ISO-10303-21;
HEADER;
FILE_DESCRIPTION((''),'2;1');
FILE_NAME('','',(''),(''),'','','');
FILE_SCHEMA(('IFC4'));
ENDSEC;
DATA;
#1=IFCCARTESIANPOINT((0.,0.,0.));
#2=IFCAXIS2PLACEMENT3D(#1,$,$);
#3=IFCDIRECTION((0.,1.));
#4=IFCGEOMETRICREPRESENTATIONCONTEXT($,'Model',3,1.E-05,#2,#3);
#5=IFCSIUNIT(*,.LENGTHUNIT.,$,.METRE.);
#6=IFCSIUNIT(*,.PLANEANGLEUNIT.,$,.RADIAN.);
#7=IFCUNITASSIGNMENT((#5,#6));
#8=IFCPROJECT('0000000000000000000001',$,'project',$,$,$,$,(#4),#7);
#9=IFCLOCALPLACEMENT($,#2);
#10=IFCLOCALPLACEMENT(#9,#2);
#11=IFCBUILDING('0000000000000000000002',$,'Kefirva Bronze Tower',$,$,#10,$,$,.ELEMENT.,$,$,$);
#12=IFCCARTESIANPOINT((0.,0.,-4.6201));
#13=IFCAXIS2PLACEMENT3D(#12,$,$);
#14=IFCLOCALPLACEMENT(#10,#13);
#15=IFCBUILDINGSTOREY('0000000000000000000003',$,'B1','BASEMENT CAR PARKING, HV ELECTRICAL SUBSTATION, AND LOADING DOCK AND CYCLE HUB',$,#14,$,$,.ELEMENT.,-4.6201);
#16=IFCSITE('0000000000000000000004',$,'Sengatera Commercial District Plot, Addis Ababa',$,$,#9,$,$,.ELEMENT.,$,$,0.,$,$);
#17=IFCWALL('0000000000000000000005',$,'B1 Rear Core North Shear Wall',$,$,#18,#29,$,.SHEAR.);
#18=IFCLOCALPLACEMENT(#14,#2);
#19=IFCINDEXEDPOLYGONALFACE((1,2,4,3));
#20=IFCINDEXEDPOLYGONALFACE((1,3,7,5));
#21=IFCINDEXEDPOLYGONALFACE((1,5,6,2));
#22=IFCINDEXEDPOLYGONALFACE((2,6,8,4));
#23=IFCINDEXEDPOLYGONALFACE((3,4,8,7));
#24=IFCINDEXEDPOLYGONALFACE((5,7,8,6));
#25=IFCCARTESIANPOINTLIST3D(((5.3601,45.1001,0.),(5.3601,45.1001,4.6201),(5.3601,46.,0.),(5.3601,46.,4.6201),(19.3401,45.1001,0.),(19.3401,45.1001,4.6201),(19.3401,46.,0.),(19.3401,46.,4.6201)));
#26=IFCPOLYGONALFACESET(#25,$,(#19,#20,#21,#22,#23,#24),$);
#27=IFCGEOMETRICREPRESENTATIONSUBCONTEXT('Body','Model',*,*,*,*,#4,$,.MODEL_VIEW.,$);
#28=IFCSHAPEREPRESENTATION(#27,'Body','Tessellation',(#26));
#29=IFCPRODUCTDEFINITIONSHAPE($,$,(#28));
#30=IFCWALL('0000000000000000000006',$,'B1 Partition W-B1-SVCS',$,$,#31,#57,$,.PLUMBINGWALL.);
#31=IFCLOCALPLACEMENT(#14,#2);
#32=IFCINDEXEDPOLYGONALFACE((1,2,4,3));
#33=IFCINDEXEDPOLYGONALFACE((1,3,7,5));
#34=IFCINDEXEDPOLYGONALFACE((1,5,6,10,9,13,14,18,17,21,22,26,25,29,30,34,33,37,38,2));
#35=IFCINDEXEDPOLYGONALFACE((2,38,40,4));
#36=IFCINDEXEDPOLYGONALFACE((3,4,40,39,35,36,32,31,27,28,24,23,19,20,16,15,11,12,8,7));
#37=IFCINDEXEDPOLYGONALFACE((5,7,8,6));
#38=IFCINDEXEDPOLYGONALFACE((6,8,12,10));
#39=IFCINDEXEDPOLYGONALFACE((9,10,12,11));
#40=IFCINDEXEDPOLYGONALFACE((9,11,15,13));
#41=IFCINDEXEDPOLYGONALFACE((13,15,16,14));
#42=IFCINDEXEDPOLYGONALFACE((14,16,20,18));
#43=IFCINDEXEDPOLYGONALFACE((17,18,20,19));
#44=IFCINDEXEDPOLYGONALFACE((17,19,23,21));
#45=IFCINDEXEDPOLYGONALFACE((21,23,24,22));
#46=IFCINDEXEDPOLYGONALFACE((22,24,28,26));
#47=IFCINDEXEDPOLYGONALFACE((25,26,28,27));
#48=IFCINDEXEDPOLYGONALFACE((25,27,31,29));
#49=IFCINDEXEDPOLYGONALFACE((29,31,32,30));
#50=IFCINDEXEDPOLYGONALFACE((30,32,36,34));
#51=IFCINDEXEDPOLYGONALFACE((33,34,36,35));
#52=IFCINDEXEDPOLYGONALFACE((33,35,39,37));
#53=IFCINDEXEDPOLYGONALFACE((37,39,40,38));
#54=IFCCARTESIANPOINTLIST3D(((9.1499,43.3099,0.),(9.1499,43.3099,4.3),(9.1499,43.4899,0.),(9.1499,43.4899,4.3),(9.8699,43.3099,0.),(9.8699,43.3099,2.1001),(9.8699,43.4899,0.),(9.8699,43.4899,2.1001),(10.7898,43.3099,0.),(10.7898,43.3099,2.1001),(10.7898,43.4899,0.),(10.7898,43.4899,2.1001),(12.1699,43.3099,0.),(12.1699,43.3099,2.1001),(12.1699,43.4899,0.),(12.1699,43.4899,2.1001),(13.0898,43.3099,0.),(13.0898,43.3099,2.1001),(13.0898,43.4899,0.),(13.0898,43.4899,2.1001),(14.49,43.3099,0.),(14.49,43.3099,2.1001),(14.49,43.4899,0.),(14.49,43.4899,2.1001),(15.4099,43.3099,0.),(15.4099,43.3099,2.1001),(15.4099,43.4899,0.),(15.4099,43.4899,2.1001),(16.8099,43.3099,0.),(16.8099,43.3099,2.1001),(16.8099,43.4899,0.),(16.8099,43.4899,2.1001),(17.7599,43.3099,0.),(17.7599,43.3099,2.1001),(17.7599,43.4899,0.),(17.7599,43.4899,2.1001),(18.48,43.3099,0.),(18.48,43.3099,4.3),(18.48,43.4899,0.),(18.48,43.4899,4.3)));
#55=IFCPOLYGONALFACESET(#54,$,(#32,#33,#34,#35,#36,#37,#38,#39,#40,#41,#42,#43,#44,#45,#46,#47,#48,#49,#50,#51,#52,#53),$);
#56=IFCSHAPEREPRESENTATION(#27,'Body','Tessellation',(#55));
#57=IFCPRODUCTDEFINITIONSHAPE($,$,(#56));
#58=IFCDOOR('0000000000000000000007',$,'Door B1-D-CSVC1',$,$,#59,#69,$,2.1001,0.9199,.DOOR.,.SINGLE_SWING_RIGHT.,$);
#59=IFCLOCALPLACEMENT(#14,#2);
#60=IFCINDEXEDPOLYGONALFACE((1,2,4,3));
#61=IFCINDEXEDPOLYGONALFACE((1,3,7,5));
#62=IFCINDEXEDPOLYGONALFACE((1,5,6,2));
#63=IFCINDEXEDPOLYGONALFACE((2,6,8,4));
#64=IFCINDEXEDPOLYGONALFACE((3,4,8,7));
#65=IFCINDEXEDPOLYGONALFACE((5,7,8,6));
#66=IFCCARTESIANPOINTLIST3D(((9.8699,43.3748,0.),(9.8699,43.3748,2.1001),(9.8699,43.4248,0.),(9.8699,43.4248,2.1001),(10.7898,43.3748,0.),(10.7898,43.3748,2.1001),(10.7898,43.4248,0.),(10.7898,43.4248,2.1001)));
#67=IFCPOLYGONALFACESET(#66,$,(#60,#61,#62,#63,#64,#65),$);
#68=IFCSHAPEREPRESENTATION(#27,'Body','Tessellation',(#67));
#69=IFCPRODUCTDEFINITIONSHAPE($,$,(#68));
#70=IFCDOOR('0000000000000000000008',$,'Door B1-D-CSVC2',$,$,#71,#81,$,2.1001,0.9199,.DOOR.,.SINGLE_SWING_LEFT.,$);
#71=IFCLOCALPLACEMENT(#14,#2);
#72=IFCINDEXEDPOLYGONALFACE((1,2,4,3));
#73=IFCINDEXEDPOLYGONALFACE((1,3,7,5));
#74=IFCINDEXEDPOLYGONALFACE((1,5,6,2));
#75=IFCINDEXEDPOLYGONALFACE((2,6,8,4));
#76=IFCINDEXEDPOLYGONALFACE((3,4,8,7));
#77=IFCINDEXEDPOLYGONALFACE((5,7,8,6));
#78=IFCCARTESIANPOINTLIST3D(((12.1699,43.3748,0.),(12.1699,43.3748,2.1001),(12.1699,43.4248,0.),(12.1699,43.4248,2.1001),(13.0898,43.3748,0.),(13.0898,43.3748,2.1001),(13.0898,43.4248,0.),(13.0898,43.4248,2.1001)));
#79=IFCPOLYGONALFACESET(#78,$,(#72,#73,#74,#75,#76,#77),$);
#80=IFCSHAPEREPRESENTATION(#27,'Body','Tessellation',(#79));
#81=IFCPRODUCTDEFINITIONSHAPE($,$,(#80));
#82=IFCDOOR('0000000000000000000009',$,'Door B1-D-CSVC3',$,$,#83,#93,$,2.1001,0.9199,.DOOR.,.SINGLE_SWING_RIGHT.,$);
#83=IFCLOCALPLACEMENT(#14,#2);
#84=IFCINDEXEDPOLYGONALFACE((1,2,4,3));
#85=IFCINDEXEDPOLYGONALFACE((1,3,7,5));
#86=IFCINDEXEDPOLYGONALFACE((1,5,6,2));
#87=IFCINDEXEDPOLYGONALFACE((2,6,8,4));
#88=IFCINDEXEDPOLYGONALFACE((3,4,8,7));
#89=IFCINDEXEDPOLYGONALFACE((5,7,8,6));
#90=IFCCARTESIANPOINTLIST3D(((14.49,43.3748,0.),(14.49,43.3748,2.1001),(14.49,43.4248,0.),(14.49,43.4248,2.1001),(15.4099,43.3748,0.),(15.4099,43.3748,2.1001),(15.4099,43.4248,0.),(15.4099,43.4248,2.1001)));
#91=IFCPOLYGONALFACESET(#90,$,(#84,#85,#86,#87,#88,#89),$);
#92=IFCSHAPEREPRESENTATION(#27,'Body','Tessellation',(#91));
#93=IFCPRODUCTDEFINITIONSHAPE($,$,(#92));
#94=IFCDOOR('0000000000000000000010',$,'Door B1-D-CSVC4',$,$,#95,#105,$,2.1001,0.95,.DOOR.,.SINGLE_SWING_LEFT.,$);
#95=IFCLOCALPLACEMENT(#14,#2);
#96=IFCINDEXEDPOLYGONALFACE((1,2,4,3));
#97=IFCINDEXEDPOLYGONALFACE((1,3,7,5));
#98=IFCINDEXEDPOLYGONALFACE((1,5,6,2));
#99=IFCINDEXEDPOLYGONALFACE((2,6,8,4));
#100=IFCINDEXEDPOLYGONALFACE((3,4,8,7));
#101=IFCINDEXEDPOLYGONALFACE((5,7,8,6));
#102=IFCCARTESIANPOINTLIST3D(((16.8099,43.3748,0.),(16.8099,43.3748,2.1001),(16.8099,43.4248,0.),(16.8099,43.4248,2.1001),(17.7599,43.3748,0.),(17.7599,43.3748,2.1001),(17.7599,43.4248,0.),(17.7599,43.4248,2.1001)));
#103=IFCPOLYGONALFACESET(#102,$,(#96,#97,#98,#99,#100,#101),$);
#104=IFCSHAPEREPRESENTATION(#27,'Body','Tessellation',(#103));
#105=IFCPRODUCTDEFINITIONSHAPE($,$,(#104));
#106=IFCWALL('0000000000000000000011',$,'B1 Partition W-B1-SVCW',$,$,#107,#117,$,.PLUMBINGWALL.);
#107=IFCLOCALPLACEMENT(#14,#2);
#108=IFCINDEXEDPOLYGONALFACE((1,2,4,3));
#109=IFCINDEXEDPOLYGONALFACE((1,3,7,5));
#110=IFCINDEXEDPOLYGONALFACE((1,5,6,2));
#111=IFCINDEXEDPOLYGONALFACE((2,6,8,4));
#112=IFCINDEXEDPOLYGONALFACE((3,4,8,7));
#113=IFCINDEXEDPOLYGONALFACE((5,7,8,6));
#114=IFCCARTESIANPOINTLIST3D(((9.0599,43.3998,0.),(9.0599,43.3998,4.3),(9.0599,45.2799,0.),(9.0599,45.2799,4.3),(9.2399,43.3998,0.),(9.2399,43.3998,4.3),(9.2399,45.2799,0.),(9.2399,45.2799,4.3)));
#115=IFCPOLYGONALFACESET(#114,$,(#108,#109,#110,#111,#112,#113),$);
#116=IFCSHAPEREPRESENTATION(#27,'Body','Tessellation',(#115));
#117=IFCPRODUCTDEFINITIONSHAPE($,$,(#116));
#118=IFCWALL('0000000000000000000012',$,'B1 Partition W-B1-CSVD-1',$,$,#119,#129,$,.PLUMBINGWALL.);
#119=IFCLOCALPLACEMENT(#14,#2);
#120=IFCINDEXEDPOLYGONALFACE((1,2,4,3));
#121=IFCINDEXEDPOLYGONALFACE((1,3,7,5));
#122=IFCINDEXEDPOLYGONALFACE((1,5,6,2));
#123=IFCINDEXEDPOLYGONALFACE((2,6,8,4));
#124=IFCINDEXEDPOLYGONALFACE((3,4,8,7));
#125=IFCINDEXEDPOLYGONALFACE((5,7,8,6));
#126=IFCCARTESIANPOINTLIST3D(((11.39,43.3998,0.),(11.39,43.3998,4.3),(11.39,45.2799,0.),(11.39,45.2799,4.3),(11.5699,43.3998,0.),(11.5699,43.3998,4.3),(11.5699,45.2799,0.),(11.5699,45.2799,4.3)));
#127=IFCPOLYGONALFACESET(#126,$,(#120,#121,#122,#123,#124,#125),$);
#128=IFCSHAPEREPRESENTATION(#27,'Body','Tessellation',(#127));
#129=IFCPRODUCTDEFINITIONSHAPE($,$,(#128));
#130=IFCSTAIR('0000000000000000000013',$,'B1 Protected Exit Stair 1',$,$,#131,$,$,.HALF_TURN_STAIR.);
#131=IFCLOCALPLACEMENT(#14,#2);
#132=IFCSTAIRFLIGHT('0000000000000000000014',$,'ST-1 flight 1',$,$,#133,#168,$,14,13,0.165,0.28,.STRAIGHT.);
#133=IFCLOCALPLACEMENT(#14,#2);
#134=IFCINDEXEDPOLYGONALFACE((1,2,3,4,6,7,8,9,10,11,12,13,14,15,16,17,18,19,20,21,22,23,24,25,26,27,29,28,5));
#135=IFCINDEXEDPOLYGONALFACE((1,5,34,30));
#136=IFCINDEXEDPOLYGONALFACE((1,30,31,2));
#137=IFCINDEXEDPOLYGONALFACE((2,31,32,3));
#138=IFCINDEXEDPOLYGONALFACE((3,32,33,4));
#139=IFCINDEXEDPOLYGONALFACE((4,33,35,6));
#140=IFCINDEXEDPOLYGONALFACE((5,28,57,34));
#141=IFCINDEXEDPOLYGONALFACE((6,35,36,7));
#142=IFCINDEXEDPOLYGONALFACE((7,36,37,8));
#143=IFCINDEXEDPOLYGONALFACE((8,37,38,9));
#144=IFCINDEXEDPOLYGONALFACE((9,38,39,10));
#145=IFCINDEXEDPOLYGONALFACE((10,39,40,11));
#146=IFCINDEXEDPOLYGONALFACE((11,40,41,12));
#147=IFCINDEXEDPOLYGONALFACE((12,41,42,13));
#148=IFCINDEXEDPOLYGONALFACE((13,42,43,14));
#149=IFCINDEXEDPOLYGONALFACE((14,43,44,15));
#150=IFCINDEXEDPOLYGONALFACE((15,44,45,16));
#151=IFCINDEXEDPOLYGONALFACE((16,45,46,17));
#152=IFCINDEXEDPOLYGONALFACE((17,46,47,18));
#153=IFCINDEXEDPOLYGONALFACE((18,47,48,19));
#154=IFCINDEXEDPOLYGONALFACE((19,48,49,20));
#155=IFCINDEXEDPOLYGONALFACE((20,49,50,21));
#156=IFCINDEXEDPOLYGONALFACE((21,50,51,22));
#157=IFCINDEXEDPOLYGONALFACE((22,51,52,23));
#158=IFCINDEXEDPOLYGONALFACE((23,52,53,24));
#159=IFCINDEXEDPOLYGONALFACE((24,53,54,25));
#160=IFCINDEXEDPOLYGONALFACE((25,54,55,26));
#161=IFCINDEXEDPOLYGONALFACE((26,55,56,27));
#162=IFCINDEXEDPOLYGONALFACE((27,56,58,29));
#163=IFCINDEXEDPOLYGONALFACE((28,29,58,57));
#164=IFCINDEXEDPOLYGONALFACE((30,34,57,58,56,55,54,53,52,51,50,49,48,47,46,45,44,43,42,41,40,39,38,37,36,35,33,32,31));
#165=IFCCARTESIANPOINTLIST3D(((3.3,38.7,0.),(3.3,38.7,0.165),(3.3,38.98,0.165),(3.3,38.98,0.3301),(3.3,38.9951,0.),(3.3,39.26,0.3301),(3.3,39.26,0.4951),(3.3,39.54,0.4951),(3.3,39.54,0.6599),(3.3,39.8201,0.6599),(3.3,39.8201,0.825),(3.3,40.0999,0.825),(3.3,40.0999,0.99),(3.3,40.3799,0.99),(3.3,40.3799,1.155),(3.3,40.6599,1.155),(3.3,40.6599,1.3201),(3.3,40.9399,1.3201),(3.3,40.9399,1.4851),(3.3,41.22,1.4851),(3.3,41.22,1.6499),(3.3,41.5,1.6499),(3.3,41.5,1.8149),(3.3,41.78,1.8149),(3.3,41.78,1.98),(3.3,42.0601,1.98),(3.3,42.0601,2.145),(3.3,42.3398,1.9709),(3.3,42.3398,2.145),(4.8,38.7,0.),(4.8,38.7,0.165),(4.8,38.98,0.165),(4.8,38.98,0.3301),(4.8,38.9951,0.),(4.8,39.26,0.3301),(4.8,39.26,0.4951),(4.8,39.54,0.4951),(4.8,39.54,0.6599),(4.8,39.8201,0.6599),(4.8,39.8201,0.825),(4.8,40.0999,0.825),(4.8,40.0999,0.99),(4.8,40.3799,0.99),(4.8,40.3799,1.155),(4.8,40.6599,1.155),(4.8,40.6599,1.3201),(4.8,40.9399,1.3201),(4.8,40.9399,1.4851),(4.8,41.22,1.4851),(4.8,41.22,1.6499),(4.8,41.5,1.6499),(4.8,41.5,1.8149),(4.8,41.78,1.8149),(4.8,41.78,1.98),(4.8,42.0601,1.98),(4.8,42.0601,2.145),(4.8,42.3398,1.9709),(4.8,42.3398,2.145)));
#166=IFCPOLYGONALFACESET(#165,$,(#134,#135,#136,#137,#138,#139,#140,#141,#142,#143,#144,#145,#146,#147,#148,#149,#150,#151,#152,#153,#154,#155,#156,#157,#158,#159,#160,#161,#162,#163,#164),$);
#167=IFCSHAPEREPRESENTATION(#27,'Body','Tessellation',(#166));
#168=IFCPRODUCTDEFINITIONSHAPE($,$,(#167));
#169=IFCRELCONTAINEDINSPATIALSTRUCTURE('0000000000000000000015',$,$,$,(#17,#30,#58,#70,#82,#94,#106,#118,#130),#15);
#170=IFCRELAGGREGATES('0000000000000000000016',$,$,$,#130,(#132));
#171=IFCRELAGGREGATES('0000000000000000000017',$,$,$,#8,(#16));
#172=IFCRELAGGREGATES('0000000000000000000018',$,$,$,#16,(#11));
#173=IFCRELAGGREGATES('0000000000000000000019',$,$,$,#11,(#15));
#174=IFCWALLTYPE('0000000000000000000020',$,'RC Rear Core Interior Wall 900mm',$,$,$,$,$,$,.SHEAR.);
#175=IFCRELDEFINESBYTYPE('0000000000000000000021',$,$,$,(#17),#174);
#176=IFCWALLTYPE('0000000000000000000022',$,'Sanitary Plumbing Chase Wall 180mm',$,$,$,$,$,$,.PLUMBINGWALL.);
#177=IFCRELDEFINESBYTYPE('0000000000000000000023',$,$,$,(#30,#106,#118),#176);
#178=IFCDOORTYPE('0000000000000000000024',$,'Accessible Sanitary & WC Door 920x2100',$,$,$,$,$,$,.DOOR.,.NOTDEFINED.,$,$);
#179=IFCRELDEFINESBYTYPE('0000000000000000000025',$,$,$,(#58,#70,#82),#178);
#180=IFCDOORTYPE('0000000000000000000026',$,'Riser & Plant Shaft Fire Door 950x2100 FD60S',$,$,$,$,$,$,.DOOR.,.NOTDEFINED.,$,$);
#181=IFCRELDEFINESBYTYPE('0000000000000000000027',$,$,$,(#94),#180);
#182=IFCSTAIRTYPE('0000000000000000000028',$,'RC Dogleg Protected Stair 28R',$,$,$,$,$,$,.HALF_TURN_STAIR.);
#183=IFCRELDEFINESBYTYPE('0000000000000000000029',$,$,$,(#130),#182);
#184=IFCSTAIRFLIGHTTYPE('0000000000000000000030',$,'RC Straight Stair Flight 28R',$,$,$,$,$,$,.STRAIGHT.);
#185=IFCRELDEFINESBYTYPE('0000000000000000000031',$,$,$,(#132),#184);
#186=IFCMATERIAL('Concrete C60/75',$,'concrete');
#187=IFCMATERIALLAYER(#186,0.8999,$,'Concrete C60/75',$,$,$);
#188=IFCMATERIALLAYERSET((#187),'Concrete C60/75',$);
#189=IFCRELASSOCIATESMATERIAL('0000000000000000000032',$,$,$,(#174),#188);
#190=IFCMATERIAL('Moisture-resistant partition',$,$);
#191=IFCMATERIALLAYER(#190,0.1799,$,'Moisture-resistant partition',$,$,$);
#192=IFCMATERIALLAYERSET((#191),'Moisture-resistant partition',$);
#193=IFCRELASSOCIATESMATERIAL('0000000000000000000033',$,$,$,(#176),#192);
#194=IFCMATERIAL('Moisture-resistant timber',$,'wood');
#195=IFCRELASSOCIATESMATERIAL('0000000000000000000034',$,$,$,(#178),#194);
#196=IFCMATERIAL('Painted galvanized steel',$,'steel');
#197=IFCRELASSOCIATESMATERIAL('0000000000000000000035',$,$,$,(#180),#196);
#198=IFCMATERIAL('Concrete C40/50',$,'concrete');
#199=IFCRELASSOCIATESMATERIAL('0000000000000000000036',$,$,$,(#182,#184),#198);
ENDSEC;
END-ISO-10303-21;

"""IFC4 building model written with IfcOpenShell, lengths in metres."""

from ifc_helpers import new_model, si_unit, direction, frame, frame_2d, origin, place, context, subcontext, project, spatial, polyline, rectangle, outline, extrude, material, layer, layer_set, type_object, element, fill, aggregate, save


model = new_model("IFC4")

# Units and contexts
model_context = context("Model", 3, precision=1e-05, world=origin(), true_north=direction((0.0, 1.0)))
body_context = subcontext(model_context, "Body", "Model", "MODEL_VIEW")
ifc_project = project(units=[si_unit("LENGTHUNIT", "METRE"), si_unit("PLANEANGLEUNIT", "RADIAN")], contexts=[model_context])

# Site, building, storey
site_placement = place(None, origin())
site = spatial("IfcSite", under=ifc_project, at=site_placement, Name="Sengatera Commercial District Plot, Addis Ababa", CompositionType="ELEMENT", RefElevation=0.0)
building_placement = place(site_placement, origin())
building = spatial("IfcBuilding", under=site, at=building_placement, Name="Kefirva Bronze Tower", CompositionType="ELEMENT")
storey_placement = place(building_placement, frame((0.0, 0.0, -4.6201)))
storey = spatial("IfcBuildingStorey", under=building, at=storey_placement, Name="B1", Description="BASEMENT CAR PARKING, HV ELECTRICAL SUBSTATION, AND LOADING DOCK AND CYCLE HUB", CompositionType="ELEMENT", Elevation=-4.6201)

# Wall
ifc_material_1 = material(Name="Concrete C60/75", Category="concrete")
ifc_layer_1 = layer(ifc_material_1, 0.8999, Name="Concrete C60/75")
ifc_layer_set_1 = layer_set([ifc_layer_1], Name="Concrete C60/75")
wall_type_1 = type_object("IfcWallType", Name="RC Rear Core Interior Wall 900mm", PredefinedType="SHEAR", material=ifc_layer_set_1)
wall_1_placement = place(storey_placement, frame((5.3601, 45.55, 0.0), z_axis=(0.0, 0.0, 1.0), x_axis=(1.0, 0.0, 0.0)))
element("IfcWall", 1, at=wall_1_placement, inside=storey, type_object=wall_type_1, Name="B1 Rear Core North Shear Wall", PredefinedType="SHEAR", context=body_context, shape_type="SweptSolid", body=[
    extrude(rectangle(XDim=13.98, YDim=0.8999, at=frame_2d((6.99, 0.0))), origin(), (0.0, 0.0, 1.0), 4.6201),
])

# Wall, openings, doors
ifc_material_2 = material(Name="Moisture-resistant partition")
ifc_layer_2 = layer(ifc_material_2, 0.1799, Name="Moisture-resistant partition")
ifc_layer_set_2 = layer_set([ifc_layer_2], Name="Moisture-resistant partition")
wall_type_2 = type_object("IfcWallType", Name="Sanitary Plumbing Chase Wall 180mm", PredefinedType="PLUMBINGWALL", material=ifc_layer_set_2)
wall_2_placement = place(storey_placement, frame((9.1499, 43.3999, 0.0), z_axis=(0.0, 0.0, 1.0), x_axis=(1.0, 0.0, 0.0)))
wall_2 = element("IfcWall", 2, at=wall_2_placement, inside=storey, type_object=wall_type_2, Name="B1 Partition W-B1-SVCS", PredefinedType="PLUMBINGWALL", context=body_context, shape_type="SweptSolid", body=[
    extrude(rectangle(XDim=9.3301, YDim=0.1799, at=frame_2d((4.665, 0.0))), origin(), (0.0, 0.0, 1.0), 4.3),
])
opening_1_placement = place(wall_2_placement, frame((0.72, 0.0, 0.0)))
opening_1 = element("IfcOpeningElement", 3, at=opening_1_placement, cuts=wall_2, PredefinedType="OPENING", context=body_context, shape_type="SweptSolid", body=[
    extrude(rectangle(XDim=0.9199, YDim=2.1001, at=frame_2d((0.46, 1.05))), frame((0.0, 0.1001, 0.0), z_axis=(0.0, -1.0, 0.0), x_axis=(1.0, 0.0, 0.0)), (0.0, 0.0, 1.0), 0.2),
])
opening_2_placement = place(wall_2_placement, frame((3.02, 0.0, 0.0)))
opening_2 = element("IfcOpeningElement", 4, at=opening_2_placement, cuts=wall_2, PredefinedType="OPENING", context=body_context, shape_type="SweptSolid", body=[
    extrude(rectangle(XDim=0.9199, YDim=2.1001, at=frame_2d((0.46, 1.05))), frame((0.0, 0.1001, 0.0), z_axis=(0.0, -1.0, 0.0), x_axis=(1.0, 0.0, 0.0)), (0.0, 0.0, 1.0), 0.2),
])
opening_3_placement = place(wall_2_placement, frame((5.3401, 0.0, 0.0)))
opening_3 = element("IfcOpeningElement", 5, at=opening_3_placement, cuts=wall_2, PredefinedType="OPENING", context=body_context, shape_type="SweptSolid", body=[
    extrude(rectangle(XDim=0.9199, YDim=2.1001, at=frame_2d((0.46, 1.05))), frame((0.0, 0.1001, 0.0), z_axis=(0.0, -1.0, 0.0), x_axis=(1.0, 0.0, 0.0)), (0.0, 0.0, 1.0), 0.2),
])
opening_4_placement = place(wall_2_placement, frame((7.6599, 0.0, 0.0)))
opening_4 = element("IfcOpeningElement", 6, at=opening_4_placement, cuts=wall_2, PredefinedType="OPENING", context=body_context, shape_type="SweptSolid", body=[
    extrude(rectangle(XDim=0.95, YDim=2.1001, at=frame_2d((0.4751, 1.05))), frame((0.0, 0.1001, 0.0), z_axis=(0.0, -1.0, 0.0), x_axis=(1.0, 0.0, 0.0)), (0.0, 0.0, 1.0), 0.2),
])
ifc_material_3 = material(Name="Moisture-resistant timber", Category="wood")
door_type_1 = type_object("IfcDoorType", Name="Accessible Sanitary & WC Door 920x2100", OperationType="NOTDEFINED", PredefinedType="DOOR", material=ifc_material_3)
door_1_placement = place(opening_1_placement, origin())
door_1 = element("IfcDoor", 7, at=door_1_placement, inside=storey, type_object=door_type_1, Name="Door B1-D-CSVC1", OperationType="SINGLE_SWING_RIGHT", OverallHeight=2.1001, OverallWidth=0.9199, PredefinedType="DOOR", context=body_context, shape_type="SweptSolid", body=[
    extrude(rectangle(XDim=0.9199, YDim=2.1001, at=frame_2d((0.46, 1.05))), frame((0.0, 0.0249, 0.0), z_axis=(0.0, -1.0, 0.0), x_axis=(1.0, 0.0, 0.0)), (0.0, 0.0, 1.0), 0.05),
])
fill(opening_1, door_1)
door_2_placement = place(opening_2_placement, origin())
door_2 = element("IfcDoor", 8, at=door_2_placement, inside=storey, type_object=door_type_1, Name="Door B1-D-CSVC2", OperationType="SINGLE_SWING_LEFT", OverallHeight=2.1001, OverallWidth=0.9199, PredefinedType="DOOR", context=body_context, shape_type="SweptSolid", body=[
    extrude(rectangle(XDim=0.9199, YDim=2.1001, at=frame_2d((0.46, 1.05))), frame((0.0, 0.0249, 0.0), z_axis=(0.0, -1.0, 0.0), x_axis=(1.0, 0.0, 0.0)), (0.0, 0.0, 1.0), 0.05),
])
fill(opening_2, door_2)
door_3_placement = place(opening_3_placement, origin())
door_3 = element("IfcDoor", 9, at=door_3_placement, inside=storey, type_object=door_type_1, Name="Door B1-D-CSVC3", OperationType="SINGLE_SWING_RIGHT", OverallHeight=2.1001, OverallWidth=0.9199, PredefinedType="DOOR", context=body_context, shape_type="SweptSolid", body=[
    extrude(rectangle(XDim=0.9199, YDim=2.1001, at=frame_2d((0.46, 1.05))), frame((0.0, 0.0249, 0.0), z_axis=(0.0, -1.0, 0.0), x_axis=(1.0, 0.0, 0.0)), (0.0, 0.0, 1.0), 0.05),
])
fill(opening_3, door_3)
ifc_material_4 = material(Name="Painted galvanized steel", Category="steel")
door_type_2 = type_object("IfcDoorType", Name="Riser & Plant Shaft Fire Door 950x2100 FD60S", OperationType="NOTDEFINED", PredefinedType="DOOR", material=ifc_material_4)
door_4_placement = place(opening_4_placement, origin())
door_4 = element("IfcDoor", 10, at=door_4_placement, inside=storey, type_object=door_type_2, Name="Door B1-D-CSVC4", OperationType="SINGLE_SWING_LEFT", OverallHeight=2.1001, OverallWidth=0.95, PredefinedType="DOOR", context=body_context, shape_type="SweptSolid", body=[
    extrude(rectangle(XDim=0.95, YDim=2.1001, at=frame_2d((0.4751, 1.05))), frame((0.0, 0.0249, 0.0), z_axis=(0.0, -1.0, 0.0), x_axis=(1.0, 0.0, 0.0)), (0.0, 0.0, 1.0), 0.05),
])
fill(opening_4, door_4)

# Walls
for number, where, z_axis, x_axis, name in (
    (11, (9.1499, 43.3999, 0.0), (0.0, 0.0, 1.0), (0.0, 1.0, 0.0), "B1 Partition W-B1-SVCW"),
    (12, (11.48, 43.3999, 0.0), (0.0, 0.0, 1.0), (0.0, 1.0, 0.0), "B1 Partition W-B1-CSVD-1"),
):
    element("IfcWall", number, at=place(storey_placement, frame(where, z_axis=z_axis, x_axis=x_axis)), inside=storey, type_object=wall_type_2, Name=name, PredefinedType="PLUMBINGWALL", context=body_context, shape_type="SweptSolid", body=[
        extrude(rectangle(XDim=1.8801, YDim=0.1799, at=frame_2d((0.9399, 0.0))), origin(), (0.0, 0.0, 1.0), 4.3),
    ])

# Stair, stair flight
ifc_material_5 = material(Name="Concrete C40/50", Category="concrete")
stair_type = type_object("IfcStairType", Name="RC Dogleg Protected Stair 28R", PredefinedType="HALF_TURN_STAIR", material=ifc_material_5)
stair_placement = place(storey_placement, origin())
stair = element("IfcStair", 13, at=stair_placement, inside=storey, type_object=stair_type, Name="B1 Protected Exit Stair 1", PredefinedType="HALF_TURN_STAIR")
stair_flight_type = type_object("IfcStairFlightType", Name="RC Straight Stair Flight 28R", PredefinedType="STRAIGHT", material=ifc_material_5)
stair_flight_placement = place(storey_placement, frame((4.05, 38.7, 0.0), z_axis=(0.0, 0.0, 1.0), x_axis=(0.0, 1.0, 0.0)))
stair_flight = element("IfcStairFlight", 14, at=stair_flight_placement, type_object=stair_flight_type, Name="ST-1 flight 1", NumberOfRisers=14, NumberOfTreads=13, PredefinedType="STRAIGHT", RiserHeight=0.165, TreadLength=0.28, context=body_context, shape_type="SweptSolid", body=[
    extrude(outline(polyline([(0.0, 0.0), (0.0, 0.165), (0.28, 0.165), (0.28, 0.3301), (0.5601, 0.3301), (0.5601, 0.4951), (0.8401, 0.4951), (0.8401, 0.6599), (1.1201, 0.6599), (1.1201, 0.825), (1.3999, 0.825), (1.3999, 0.99), (1.6799, 0.99), (1.6799, 1.155), (1.96, 1.155), (1.96, 1.3201), (2.24, 1.3201), (2.24, 1.4851), (2.52, 1.4851), (2.52, 1.6499), (2.8, 1.6499), (2.8, 1.8149), (3.0801, 1.8149), (3.0801, 1.98), (3.3601, 1.98), (3.3601, 2.145), (3.6399, 2.145), (3.6399, 2.3101), (3.6399, 1.9709), (0.2952, 0.0), (0.0, 0.0)])), frame((0.0, 0.75, 0.0), z_axis=(0.0, -1.0, 0.0), x_axis=(1.0, 0.0, 0.0)), (0.0, 0.0, 1.0), 1.5),
])
aggregate(stair, [stair_flight])

save(model, "model.ifc")
